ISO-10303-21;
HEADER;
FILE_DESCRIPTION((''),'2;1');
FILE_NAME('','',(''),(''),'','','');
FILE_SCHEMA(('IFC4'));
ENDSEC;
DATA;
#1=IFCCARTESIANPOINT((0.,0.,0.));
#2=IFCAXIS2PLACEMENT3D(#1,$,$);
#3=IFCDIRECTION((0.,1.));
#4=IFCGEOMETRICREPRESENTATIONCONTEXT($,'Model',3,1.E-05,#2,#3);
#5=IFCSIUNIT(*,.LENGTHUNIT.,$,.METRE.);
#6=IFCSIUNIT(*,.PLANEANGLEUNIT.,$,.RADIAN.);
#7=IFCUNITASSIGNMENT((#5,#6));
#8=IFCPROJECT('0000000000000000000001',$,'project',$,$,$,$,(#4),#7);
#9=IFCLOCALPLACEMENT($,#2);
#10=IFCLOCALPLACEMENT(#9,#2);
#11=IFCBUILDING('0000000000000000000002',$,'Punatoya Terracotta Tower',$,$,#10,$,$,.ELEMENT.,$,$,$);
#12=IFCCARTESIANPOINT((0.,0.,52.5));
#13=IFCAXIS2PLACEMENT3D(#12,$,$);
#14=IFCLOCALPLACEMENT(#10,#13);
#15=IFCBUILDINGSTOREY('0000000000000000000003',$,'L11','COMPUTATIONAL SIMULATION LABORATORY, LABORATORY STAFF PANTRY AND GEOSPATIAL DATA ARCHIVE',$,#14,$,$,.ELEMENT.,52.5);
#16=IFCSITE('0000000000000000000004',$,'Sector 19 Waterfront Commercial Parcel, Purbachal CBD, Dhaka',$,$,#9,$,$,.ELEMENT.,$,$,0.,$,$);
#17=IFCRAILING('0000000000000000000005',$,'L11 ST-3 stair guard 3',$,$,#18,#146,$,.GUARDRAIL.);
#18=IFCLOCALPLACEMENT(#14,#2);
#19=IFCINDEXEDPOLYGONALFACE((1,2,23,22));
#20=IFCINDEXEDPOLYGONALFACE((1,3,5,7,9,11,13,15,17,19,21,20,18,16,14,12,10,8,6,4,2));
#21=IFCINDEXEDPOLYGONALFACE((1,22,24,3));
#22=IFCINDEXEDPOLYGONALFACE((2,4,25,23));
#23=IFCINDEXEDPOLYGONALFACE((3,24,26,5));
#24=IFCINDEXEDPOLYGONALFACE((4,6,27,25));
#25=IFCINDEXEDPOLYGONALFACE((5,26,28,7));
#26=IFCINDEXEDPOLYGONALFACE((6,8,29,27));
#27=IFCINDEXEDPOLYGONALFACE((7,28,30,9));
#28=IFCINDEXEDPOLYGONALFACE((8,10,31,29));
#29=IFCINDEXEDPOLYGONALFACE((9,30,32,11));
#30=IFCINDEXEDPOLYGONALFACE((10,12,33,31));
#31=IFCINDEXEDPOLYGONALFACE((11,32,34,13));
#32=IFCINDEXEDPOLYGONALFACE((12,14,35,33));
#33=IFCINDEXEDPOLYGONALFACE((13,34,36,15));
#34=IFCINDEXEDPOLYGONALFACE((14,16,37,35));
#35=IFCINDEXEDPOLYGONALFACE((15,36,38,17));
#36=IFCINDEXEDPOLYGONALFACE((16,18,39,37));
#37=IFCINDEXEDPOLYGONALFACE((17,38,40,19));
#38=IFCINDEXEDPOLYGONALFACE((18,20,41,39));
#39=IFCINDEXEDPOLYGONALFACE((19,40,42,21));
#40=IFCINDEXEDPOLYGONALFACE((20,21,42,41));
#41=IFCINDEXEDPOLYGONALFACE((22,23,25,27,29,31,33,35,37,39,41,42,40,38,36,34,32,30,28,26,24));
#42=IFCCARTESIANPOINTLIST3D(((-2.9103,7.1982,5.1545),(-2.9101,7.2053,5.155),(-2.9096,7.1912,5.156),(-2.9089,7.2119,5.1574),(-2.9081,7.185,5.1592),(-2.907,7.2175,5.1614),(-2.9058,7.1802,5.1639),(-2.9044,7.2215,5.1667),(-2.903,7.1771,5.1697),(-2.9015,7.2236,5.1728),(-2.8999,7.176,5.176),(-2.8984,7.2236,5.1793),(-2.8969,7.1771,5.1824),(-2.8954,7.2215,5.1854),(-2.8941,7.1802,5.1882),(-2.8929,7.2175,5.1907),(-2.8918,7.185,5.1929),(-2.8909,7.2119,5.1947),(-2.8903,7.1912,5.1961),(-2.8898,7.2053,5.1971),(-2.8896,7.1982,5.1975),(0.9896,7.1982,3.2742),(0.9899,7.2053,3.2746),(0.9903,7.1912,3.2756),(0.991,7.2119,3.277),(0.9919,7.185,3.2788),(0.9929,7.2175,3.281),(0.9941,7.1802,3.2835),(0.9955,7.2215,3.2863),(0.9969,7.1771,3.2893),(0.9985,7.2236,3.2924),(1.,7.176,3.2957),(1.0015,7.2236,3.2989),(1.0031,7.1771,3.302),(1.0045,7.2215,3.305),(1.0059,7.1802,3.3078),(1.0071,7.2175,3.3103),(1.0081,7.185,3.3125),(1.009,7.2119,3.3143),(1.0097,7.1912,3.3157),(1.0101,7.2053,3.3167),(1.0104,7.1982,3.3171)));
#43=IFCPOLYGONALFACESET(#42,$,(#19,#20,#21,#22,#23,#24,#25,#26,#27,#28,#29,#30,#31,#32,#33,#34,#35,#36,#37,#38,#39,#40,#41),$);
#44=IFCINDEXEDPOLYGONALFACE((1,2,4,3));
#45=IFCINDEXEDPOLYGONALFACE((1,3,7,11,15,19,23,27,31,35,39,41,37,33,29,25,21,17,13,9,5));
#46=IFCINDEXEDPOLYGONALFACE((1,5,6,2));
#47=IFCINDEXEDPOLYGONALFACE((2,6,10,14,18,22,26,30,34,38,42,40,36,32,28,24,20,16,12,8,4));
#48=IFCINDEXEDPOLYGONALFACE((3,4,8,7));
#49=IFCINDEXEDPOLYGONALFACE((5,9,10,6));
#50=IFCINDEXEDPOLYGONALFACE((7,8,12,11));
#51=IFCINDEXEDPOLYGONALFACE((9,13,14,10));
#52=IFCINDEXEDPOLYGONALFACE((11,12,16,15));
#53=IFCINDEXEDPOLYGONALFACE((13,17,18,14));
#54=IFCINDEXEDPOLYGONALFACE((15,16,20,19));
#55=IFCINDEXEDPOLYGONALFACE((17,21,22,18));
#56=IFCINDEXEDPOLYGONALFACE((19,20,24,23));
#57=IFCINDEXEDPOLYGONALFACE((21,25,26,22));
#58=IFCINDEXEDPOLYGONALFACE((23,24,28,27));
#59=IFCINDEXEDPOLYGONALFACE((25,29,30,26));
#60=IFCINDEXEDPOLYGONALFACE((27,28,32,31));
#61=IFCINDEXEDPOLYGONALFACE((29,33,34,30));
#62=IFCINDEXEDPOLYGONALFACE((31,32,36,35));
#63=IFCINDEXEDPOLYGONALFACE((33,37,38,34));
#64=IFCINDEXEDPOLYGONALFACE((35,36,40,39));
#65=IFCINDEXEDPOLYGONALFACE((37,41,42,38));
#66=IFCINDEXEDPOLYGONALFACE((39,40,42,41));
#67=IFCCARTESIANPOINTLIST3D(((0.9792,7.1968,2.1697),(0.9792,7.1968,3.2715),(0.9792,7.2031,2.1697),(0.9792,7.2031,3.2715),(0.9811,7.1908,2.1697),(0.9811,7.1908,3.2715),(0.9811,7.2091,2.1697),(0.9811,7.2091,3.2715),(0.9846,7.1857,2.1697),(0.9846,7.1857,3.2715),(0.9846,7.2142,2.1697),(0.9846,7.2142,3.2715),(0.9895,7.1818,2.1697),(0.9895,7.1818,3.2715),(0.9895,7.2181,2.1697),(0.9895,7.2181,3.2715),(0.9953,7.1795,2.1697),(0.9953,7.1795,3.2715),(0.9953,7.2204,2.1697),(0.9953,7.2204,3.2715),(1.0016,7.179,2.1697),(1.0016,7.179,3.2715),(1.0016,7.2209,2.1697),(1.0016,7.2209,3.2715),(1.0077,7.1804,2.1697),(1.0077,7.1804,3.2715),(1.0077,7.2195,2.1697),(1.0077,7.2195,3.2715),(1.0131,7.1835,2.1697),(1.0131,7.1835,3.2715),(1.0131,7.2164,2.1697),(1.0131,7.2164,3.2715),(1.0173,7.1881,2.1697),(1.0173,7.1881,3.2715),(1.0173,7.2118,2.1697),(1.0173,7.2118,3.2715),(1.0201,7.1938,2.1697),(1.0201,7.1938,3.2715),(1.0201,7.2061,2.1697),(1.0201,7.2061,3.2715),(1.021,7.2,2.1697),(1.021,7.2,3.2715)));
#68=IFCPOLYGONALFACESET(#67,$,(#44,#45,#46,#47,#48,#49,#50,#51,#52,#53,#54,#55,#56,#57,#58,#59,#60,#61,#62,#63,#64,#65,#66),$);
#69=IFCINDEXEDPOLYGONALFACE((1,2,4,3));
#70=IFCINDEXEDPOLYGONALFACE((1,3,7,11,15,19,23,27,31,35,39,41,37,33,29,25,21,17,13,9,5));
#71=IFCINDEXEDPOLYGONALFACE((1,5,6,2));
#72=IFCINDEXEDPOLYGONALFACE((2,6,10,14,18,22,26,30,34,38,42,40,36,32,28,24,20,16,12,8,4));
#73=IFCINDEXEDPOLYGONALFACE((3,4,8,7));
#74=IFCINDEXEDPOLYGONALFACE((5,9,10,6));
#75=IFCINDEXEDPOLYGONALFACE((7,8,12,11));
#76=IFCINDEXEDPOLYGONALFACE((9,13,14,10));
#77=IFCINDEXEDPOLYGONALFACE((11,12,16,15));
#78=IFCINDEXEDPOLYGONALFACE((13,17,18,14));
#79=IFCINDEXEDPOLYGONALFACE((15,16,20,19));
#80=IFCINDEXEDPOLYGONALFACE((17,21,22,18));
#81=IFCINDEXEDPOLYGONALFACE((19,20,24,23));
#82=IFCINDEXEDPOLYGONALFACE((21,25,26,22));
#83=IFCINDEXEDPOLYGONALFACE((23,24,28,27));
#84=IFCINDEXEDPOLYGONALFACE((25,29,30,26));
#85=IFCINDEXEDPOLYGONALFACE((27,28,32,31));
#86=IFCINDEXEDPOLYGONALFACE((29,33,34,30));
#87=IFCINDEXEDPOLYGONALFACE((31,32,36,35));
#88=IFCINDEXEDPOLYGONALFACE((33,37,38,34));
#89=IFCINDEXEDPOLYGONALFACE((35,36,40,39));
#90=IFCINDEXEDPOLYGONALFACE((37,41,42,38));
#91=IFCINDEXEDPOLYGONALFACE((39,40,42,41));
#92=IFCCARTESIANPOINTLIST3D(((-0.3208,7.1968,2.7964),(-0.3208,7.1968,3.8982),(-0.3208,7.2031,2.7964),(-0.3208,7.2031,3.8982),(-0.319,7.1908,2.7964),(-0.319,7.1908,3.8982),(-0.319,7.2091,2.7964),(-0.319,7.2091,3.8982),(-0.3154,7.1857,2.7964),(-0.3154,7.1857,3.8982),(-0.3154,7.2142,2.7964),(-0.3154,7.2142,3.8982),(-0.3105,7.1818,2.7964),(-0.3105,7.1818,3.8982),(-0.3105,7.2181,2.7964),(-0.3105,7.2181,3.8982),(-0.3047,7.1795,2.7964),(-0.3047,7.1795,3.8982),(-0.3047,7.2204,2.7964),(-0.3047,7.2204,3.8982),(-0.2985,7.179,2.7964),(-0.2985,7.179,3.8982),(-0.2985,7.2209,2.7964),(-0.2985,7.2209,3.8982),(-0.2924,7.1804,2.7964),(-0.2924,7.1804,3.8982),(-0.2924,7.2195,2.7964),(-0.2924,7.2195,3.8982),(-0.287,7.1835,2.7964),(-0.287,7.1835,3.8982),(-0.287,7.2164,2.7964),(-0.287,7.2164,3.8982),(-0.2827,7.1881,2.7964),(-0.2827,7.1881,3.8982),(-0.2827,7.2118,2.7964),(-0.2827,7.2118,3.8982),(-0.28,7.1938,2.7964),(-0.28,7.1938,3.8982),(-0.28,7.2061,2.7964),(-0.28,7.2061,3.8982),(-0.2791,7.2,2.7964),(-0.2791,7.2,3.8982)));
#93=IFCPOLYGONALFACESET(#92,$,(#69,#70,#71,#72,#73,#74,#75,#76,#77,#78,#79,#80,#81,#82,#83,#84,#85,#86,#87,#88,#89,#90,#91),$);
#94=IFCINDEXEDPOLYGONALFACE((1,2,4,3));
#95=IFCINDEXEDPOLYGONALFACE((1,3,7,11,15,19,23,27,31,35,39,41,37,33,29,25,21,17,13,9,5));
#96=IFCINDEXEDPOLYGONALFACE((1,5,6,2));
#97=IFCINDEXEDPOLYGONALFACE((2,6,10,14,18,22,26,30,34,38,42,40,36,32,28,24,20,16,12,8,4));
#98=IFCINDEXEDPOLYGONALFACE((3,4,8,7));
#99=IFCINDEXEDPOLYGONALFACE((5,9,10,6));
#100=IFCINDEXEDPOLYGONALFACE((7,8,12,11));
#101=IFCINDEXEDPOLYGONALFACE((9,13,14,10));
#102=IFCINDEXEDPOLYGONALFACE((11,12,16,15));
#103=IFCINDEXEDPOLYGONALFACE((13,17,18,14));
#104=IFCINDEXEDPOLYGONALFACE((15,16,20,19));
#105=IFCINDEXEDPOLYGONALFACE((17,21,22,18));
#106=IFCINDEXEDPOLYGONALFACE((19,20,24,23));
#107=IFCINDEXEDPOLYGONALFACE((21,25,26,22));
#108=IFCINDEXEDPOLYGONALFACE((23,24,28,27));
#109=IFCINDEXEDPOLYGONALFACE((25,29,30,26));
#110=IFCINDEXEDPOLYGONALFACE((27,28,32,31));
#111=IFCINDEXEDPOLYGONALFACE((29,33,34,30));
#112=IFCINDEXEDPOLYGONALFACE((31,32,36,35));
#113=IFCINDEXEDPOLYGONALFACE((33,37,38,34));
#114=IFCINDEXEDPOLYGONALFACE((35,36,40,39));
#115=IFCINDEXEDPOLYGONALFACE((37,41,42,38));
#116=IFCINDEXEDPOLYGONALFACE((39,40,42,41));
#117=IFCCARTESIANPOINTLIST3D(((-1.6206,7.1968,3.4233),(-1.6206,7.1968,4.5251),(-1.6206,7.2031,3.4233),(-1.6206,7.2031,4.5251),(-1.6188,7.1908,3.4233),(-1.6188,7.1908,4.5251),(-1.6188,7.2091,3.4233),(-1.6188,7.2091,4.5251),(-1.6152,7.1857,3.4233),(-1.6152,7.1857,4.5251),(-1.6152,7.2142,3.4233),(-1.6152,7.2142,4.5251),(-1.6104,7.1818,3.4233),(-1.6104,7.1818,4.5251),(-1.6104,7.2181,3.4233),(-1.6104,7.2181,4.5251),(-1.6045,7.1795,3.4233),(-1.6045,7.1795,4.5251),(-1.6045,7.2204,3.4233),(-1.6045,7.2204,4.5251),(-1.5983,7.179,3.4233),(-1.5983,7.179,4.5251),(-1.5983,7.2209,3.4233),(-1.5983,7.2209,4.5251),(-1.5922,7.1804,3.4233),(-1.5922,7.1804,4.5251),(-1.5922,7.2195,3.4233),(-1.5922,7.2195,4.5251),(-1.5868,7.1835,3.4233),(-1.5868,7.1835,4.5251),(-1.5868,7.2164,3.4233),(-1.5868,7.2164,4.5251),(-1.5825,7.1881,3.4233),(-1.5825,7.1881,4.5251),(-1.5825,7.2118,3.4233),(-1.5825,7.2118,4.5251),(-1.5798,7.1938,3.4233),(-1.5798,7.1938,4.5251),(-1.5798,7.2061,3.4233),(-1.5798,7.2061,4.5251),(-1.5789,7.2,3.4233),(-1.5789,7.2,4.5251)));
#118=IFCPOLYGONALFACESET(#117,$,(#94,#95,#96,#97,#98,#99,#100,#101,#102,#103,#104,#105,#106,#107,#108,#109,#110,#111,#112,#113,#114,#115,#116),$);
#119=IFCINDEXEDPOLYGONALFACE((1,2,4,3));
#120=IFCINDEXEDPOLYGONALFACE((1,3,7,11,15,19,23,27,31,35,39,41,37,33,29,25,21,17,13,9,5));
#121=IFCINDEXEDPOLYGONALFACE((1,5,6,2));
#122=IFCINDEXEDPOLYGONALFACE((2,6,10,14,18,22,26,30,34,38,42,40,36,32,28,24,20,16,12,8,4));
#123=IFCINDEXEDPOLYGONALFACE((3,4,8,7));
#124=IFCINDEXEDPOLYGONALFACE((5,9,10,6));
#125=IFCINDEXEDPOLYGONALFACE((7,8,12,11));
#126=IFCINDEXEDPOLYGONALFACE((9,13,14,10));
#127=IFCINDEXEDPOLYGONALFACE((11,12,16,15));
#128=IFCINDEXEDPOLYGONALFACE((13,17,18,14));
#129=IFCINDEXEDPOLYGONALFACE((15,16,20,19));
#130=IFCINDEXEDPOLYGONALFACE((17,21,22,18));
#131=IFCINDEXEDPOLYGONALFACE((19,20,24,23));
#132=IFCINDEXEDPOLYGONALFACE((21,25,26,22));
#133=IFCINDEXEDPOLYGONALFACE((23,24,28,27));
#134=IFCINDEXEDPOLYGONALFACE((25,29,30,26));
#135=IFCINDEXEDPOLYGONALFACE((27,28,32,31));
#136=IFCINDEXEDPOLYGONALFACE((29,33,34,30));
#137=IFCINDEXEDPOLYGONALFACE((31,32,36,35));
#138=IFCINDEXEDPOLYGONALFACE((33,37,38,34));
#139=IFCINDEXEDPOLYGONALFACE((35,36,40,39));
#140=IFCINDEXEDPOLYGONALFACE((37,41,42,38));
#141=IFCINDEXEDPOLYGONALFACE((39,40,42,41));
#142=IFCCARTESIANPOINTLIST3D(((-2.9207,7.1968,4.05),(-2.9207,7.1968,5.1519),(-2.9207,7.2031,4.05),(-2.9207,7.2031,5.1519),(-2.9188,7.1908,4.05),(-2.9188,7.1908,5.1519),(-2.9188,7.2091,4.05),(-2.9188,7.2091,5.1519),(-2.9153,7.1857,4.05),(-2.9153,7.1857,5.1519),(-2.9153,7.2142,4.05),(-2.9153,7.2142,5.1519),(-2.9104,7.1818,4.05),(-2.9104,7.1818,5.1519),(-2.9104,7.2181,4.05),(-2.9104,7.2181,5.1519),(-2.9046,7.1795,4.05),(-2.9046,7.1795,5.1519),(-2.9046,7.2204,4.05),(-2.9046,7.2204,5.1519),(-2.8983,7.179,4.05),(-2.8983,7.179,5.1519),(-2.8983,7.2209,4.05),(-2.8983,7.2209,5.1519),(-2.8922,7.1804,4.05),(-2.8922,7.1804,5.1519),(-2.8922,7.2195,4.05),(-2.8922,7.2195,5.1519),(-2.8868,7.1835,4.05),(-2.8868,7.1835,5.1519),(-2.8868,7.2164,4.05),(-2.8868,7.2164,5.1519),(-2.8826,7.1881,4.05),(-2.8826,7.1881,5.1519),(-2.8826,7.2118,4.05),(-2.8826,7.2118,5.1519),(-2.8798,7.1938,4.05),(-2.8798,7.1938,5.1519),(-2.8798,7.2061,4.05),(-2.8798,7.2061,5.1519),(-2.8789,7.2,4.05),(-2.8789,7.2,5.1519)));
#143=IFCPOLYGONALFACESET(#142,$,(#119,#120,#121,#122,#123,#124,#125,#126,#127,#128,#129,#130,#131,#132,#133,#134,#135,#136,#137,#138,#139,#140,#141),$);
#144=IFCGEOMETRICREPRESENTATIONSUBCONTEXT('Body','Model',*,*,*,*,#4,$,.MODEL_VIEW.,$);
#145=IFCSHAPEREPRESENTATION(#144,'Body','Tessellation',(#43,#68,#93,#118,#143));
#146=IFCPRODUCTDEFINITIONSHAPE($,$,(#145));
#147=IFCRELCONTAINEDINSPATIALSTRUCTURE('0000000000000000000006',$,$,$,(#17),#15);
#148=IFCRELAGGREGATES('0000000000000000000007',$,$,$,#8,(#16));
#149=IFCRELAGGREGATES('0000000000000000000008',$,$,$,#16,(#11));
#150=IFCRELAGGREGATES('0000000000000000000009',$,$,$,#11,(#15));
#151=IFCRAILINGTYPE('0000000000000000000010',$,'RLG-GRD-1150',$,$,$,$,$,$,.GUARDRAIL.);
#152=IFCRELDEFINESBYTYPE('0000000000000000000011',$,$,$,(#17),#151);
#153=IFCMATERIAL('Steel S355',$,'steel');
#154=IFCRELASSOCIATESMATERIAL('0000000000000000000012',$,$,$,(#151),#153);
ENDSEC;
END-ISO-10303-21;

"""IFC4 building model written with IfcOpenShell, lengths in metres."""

from ifc_helpers import new_model, si_unit, direction, frame, origin, origin_2d, place, context, subcontext, project, spatial, circle, extrude, material, type_object, element, save


model = new_model("IFC4")

# Units and contexts
model_context = context("Model", 3, precision=1e-05, world=origin(), true_north=direction((0.0, 1.0)))
body_context = subcontext(model_context, "Body", "Model", "MODEL_VIEW")
ifc_project = project(units=[si_unit("LENGTHUNIT", "METRE"), si_unit("PLANEANGLEUNIT", "RADIAN")], contexts=[model_context])

# Site, building, storey
site_placement = place(None, origin())
site = spatial("IfcSite", under=ifc_project, at=site_placement, Name="Sector 19 Waterfront Commercial Parcel, Purbachal CBD, Dhaka", CompositionType="ELEMENT", RefElevation=0.0)
building_placement = place(site_placement, origin())
building = spatial("IfcBuilding", under=site, at=building_placement, Name="Punatoya Terracotta Tower", CompositionType="ELEMENT")
storey_placement = place(building_placement, frame((0.0, 0.0, 52.5)))
storey = spatial("IfcBuildingStorey", under=building, at=storey_placement, Name="L11", Description="COMPUTATIONAL SIMULATION LABORATORY, LABORATORY STAFF PANTRY AND GEOSPATIAL DATA ARCHIVE", CompositionType="ELEMENT", Elevation=52.5)

# Shared definitions
ifc_material_1 = material(Name="Steel S355", Category="steel")

# Railing
railing_type_1 = type_object("IfcRailingType", Name="RLG-GRD-1150", PredefinedType="GUARDRAIL", material=ifc_material_1)
railing_1_placement = place(storey_placement, frame((1.0, 7.2, 2.1697)))
element("IfcRailing", 1, at=railing_1_placement, inside=storey, type_object=railing_type_1, Name="L11 ST-3 stair guard 3", PredefinedType="GUARDRAIL", context=body_context, shape_type="SweptSolid", body=[
    extrude(circle(Radius=0.0239, at=origin_2d()), frame((0.0, 0.0, 1.126), z_axis=(-0.900763, 0.0, 0.434311), x_axis=(0.0, -1.0, 0.0)), (0.0, 0.0, 1.0), 4.3296),
    extrude(circle(Radius=0.021, at=origin_2d()), origin(), (0.0, 0.0, 1.0), 1.1018),
    extrude(circle(Radius=0.021, at=origin_2d()), frame((-1.3, 0.0, 0.6267)), (0.0, 0.0, 1.0), 1.1018),
    extrude(circle(Radius=0.021, at=origin_2d()), frame((-2.5999, 0.0, 1.2537)), (0.0, 0.0, 1.0), 1.1018),
    extrude(circle(Radius=0.021, at=origin_2d()), frame((-3.8999, 0.0, 1.8804)), (0.0, 0.0, 1.0), 1.1018),
])

save(model, "model.ifc")
